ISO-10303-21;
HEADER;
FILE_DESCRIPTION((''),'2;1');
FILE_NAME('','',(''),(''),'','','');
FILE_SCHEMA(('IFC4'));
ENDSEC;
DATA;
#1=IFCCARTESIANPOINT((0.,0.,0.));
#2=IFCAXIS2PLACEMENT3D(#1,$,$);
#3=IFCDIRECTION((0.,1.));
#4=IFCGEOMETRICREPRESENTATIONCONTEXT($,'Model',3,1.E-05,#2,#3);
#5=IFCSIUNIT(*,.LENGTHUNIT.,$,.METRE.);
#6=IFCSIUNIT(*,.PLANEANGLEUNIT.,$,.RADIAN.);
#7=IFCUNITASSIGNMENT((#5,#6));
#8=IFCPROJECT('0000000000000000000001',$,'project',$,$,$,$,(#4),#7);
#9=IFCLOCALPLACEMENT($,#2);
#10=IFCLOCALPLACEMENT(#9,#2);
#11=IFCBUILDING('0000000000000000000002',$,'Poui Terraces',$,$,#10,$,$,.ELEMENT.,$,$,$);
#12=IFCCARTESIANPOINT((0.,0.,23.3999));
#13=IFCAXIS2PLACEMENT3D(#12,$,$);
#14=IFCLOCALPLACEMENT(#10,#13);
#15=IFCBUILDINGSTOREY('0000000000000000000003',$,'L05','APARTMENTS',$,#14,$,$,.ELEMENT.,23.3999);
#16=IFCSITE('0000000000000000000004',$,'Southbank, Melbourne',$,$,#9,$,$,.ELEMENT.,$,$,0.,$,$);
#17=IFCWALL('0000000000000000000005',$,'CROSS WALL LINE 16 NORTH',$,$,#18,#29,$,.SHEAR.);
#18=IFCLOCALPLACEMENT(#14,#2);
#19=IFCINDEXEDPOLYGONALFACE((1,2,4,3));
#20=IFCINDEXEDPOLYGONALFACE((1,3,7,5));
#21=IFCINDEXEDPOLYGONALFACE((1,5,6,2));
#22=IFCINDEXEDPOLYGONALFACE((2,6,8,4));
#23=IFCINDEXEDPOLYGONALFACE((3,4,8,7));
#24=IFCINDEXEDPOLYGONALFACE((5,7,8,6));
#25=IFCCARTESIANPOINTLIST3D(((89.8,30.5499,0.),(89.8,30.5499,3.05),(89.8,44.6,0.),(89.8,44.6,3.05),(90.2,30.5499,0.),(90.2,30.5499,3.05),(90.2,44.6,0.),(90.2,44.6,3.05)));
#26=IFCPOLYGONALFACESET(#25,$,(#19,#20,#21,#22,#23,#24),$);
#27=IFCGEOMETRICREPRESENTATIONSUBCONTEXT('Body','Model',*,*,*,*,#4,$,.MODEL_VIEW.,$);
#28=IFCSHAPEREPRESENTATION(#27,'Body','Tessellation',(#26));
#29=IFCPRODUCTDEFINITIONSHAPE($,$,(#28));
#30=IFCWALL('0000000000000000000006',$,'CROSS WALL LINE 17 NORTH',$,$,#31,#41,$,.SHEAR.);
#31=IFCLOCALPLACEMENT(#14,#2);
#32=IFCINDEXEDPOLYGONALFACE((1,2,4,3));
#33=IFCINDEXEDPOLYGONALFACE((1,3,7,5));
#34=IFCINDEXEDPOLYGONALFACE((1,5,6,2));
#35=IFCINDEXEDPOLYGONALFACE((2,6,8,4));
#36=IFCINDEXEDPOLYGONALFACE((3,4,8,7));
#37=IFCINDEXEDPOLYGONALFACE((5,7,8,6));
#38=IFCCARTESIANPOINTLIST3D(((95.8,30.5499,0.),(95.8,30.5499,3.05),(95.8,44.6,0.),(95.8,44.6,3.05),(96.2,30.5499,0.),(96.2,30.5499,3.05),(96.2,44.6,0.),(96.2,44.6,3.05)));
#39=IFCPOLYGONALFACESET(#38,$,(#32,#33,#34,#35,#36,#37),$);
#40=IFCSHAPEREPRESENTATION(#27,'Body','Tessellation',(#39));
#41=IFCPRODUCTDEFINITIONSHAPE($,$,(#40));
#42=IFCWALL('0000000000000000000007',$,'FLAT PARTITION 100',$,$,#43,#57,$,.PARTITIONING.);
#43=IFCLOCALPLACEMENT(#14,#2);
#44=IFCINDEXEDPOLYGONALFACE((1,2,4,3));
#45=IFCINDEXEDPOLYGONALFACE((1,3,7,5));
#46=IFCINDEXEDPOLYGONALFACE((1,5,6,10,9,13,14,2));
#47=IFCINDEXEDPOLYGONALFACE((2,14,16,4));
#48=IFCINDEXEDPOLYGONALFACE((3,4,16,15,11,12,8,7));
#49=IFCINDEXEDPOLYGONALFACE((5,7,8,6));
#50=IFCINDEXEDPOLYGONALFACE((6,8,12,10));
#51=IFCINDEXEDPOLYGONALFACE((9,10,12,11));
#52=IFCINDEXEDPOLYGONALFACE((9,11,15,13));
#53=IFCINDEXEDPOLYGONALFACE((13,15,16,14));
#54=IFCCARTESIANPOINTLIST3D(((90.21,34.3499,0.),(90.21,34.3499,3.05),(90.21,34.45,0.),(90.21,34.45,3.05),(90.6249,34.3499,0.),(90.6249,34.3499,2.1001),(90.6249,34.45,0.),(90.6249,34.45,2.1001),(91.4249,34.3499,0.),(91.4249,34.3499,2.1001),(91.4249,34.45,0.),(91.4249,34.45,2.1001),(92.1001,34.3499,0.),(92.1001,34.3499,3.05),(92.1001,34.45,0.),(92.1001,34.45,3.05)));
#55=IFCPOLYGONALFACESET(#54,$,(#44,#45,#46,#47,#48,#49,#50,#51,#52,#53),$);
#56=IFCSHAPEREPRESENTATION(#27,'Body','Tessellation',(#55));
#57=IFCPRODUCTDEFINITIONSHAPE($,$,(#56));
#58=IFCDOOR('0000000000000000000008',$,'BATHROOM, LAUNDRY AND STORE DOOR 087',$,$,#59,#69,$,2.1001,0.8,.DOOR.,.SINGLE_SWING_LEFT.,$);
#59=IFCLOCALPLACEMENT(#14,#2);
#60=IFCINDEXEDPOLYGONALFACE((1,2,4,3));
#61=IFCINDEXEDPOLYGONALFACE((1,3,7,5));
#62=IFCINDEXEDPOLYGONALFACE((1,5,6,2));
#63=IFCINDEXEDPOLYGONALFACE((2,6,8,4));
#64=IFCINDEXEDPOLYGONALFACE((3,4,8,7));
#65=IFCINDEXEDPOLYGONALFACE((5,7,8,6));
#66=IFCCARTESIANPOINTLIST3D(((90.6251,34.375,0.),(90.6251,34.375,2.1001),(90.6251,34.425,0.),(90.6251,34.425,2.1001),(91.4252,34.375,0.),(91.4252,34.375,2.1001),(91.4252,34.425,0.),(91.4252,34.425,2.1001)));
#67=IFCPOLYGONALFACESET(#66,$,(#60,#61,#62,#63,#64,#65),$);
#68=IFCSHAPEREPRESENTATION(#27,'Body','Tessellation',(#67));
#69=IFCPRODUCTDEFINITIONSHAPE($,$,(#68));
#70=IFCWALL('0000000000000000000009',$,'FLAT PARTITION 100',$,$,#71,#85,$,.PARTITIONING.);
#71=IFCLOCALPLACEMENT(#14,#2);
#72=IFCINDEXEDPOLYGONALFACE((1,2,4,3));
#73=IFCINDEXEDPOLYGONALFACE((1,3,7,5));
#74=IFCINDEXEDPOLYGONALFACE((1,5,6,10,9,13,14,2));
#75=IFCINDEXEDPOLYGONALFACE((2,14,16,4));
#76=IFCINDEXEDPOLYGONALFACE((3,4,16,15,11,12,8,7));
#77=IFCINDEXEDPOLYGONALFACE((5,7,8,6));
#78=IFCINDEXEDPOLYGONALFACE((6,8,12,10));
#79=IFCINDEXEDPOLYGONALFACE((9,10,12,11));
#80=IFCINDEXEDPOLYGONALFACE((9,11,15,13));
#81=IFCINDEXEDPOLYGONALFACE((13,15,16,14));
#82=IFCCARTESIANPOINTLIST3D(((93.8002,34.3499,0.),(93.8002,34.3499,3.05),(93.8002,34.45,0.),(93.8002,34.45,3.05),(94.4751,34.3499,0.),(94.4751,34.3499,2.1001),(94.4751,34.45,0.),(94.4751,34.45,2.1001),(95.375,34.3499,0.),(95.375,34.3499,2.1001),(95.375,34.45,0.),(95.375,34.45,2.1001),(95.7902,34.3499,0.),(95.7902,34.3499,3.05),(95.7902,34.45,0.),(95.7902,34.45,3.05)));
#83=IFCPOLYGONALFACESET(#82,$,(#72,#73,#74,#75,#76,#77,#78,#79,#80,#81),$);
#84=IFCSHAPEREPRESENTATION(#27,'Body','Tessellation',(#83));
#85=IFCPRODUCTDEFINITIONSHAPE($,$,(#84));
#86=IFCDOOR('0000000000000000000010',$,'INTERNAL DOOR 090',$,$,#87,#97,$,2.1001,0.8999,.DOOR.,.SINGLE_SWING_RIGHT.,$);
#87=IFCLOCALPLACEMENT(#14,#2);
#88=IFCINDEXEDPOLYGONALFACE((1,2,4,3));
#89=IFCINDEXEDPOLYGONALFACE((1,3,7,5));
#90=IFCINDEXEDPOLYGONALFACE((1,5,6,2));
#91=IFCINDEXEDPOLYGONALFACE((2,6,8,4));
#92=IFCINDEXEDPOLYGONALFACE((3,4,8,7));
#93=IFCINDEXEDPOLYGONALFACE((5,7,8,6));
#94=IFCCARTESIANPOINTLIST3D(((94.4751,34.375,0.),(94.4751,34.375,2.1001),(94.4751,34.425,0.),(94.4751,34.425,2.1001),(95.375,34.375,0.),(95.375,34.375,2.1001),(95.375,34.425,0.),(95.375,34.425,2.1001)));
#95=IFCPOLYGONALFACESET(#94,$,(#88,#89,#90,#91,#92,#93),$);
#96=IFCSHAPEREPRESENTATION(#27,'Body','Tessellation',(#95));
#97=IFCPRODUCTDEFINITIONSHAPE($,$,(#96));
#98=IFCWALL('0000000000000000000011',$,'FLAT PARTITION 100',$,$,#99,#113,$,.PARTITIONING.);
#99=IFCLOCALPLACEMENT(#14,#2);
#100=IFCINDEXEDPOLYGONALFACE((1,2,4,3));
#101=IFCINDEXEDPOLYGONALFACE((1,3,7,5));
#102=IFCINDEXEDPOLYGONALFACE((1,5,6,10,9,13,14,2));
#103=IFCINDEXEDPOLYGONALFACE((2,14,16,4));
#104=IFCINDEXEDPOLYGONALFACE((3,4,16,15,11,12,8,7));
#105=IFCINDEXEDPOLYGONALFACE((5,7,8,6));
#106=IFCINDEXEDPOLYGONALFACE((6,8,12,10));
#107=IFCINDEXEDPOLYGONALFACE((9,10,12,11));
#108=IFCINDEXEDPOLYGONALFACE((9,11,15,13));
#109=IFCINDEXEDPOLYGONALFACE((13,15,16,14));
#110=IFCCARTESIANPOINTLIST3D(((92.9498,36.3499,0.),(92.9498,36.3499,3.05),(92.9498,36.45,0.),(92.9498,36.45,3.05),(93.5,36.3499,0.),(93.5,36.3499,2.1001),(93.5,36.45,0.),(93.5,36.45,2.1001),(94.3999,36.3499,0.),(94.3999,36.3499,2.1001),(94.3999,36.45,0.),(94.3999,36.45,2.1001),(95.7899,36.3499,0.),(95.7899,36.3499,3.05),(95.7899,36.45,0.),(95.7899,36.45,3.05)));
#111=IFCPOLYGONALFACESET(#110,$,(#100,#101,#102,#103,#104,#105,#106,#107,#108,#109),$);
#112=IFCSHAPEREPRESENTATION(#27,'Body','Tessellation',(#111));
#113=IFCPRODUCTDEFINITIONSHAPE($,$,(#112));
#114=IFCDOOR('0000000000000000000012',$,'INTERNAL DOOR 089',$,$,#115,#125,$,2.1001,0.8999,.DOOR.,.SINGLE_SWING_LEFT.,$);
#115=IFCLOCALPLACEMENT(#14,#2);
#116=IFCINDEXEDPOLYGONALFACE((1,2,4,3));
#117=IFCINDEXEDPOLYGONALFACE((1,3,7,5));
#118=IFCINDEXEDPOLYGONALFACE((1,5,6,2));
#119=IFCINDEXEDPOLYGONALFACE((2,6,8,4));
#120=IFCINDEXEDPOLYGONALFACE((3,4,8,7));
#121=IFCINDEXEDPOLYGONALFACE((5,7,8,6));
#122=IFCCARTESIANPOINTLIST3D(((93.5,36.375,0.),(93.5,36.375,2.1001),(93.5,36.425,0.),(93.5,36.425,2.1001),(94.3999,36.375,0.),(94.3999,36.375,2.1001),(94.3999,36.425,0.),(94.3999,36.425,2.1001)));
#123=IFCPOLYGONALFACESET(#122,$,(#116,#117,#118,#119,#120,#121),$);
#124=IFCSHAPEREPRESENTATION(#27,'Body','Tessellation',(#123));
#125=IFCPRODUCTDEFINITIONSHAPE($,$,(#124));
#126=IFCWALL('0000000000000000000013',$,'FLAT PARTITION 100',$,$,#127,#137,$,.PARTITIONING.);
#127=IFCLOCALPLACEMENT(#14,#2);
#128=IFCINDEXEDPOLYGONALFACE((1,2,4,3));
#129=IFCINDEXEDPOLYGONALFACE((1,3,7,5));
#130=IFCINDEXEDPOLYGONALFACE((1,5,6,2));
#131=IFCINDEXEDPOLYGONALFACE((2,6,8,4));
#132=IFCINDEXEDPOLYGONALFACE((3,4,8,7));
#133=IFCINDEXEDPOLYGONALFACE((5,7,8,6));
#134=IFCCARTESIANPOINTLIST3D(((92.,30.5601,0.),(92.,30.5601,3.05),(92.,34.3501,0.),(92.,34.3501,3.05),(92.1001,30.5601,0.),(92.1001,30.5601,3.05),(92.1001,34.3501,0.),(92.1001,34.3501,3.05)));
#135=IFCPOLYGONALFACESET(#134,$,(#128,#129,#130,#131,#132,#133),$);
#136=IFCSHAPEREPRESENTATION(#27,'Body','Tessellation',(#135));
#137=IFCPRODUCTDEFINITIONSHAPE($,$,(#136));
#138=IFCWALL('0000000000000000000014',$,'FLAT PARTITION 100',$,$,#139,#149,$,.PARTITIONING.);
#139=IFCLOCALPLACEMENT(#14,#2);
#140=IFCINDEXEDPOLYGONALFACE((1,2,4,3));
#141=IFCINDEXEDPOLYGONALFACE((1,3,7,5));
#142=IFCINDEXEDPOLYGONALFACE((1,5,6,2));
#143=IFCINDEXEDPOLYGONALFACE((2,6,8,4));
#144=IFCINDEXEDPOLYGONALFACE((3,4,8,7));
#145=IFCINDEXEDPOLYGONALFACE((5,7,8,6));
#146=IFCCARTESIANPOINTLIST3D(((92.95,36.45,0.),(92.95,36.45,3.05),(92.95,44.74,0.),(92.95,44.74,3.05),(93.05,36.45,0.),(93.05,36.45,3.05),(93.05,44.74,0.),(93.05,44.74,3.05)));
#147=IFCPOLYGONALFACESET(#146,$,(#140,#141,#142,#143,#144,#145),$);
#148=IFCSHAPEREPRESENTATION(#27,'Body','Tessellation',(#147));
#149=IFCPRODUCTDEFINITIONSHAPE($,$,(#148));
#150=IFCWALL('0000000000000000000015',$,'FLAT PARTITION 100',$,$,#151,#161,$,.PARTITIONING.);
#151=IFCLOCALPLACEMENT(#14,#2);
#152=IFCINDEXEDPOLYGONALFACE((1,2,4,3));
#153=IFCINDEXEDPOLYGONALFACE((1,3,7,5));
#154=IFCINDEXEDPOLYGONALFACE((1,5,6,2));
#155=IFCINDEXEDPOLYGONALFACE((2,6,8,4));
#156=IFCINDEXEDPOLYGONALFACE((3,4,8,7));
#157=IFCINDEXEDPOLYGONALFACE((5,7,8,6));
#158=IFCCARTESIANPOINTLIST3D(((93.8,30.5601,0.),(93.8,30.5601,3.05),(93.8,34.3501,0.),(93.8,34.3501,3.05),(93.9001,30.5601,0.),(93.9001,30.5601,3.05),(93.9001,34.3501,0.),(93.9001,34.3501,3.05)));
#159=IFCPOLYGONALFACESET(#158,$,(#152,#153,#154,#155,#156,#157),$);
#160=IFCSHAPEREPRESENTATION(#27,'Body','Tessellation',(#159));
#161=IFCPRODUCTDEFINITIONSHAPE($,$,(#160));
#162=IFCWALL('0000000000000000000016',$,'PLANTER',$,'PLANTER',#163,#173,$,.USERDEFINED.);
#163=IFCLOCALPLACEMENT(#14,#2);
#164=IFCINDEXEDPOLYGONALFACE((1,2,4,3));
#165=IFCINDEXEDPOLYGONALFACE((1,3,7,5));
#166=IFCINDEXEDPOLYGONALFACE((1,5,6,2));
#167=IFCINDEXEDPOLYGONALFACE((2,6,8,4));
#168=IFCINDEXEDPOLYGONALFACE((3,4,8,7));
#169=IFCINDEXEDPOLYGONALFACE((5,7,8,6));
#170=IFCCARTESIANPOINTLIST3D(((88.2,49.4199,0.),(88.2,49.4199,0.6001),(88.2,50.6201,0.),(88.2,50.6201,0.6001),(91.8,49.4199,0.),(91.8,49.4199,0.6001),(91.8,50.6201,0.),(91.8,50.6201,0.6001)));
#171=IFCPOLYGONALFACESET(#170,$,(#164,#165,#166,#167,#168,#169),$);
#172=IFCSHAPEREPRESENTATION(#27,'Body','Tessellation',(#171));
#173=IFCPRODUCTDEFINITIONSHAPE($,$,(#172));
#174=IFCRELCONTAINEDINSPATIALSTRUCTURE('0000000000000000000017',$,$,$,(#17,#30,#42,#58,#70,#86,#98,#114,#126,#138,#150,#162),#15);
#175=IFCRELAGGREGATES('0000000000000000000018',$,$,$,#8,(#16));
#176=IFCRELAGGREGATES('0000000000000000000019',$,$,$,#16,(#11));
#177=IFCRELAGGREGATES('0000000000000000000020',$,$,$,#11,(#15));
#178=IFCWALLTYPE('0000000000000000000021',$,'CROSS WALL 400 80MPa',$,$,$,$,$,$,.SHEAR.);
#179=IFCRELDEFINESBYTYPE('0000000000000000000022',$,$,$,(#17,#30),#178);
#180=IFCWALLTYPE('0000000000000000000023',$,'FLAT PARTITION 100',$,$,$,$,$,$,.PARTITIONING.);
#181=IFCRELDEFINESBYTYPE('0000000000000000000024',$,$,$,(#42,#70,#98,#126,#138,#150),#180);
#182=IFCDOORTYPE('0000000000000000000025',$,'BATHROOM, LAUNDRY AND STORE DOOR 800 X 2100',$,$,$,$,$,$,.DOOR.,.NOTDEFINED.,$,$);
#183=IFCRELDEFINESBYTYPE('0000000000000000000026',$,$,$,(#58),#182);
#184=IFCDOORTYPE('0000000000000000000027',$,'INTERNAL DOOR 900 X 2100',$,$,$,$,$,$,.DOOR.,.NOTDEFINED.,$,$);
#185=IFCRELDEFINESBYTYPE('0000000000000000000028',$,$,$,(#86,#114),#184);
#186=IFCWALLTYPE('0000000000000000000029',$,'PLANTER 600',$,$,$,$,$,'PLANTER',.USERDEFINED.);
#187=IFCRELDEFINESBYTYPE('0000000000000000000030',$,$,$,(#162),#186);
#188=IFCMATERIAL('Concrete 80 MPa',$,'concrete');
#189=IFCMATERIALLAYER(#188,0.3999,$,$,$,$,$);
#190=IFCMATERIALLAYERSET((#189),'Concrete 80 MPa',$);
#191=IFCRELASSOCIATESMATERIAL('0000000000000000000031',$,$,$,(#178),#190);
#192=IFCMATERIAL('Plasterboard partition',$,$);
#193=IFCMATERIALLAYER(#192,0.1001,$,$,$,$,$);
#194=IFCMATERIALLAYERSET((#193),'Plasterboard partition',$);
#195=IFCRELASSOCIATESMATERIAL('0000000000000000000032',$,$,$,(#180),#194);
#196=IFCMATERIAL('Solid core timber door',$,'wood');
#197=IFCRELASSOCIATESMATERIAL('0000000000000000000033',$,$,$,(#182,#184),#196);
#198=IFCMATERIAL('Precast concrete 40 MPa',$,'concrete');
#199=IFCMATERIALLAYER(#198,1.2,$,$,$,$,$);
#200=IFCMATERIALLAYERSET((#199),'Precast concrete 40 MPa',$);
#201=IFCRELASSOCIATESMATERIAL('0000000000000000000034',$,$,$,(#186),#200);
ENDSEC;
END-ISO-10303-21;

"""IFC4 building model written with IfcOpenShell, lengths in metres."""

from ifc_helpers import new_model, si_unit, direction, frame, frame_2d, origin, place, context, subcontext, project, spatial, polyline, rectangle, outline, extrude, source, transform, mapped, material, layer, layer_set, type_object, element, fill, save


model = new_model("IFC4")

# Units and contexts
model_context = context("Model", 3, precision=1e-05, world=origin(), true_north=direction((0.0, 1.0)))
body_context = subcontext(model_context, "Body", "Model", "MODEL_VIEW")
ifc_project = project(units=[si_unit("LENGTHUNIT", "METRE"), si_unit("PLANEANGLEUNIT", "RADIAN")], contexts=[model_context])

# Site, building, storey
site_placement = place(None, origin())
site = spatial("IfcSite", under=ifc_project, at=site_placement, Name="Southbank, Melbourne", CompositionType="ELEMENT", RefElevation=0.0)
building_placement = place(site_placement, origin())
building = spatial("IfcBuilding", under=site, at=building_placement, Name="Poui Terraces", CompositionType="ELEMENT")
storey_placement = place(building_placement, frame((0.0, 0.0, 23.3999)))
storey = spatial("IfcBuildingStorey", under=building, at=storey_placement, Name="L05", Description="APARTMENTS", CompositionType="ELEMENT", Elevation=23.3999)

# Walls
ifc_material_1 = material(Name="Concrete 80 MPa", Category="concrete")
ifc_layer_1 = layer(ifc_material_1, 0.3999)
ifc_layer_set_1 = layer_set([ifc_layer_1], Name="Concrete 80 MPa")
wall_type_1 = type_object("IfcWallType", Name="CROSS WALL 400 80MPa", PredefinedType="SHEAR", material=ifc_layer_set_1)
for number, where, z_axis, x_axis, name in (
    (1, (90.0, 30.55, 0.0), (0.0, 0.0, 1.0), (0.0, 1.0, 0.0), "CROSS WALL LINE 16 NORTH"),
    (2, (96.0, 30.55, 0.0), (0.0, 0.0, 1.0), (0.0, 1.0, 0.0), "CROSS WALL LINE 17 NORTH"),
):
    element("IfcWall", number, at=place(storey_placement, frame(where, z_axis=z_axis, x_axis=x_axis)), inside=storey, type_object=wall_type_1, Name=name, PredefinedType="SHEAR", context=body_context, shape_type="SweptSolid", body=[
        extrude(rectangle(XDim=14.05, YDim=0.3999, at=frame_2d((7.0249, 0.0))), origin(), (0.0, 0.0, 1.0), 3.05),
    ])

# Walls, openings, doors
ifc_material_2 = material(Name="Plasterboard partition")
ifc_layer_2 = layer(ifc_material_2, 0.1001)
ifc_layer_set_2 = layer_set([ifc_layer_2], Name="Plasterboard partition")
wall_type_2 = type_object("IfcWallType", Name="FLAT PARTITION 100", PredefinedType="PARTITIONING", material=ifc_layer_set_2)
wall_1_placement = place(storey_placement, frame((90.21, 34.3999, 0.0), z_axis=(0.0, 0.0, 1.0), x_axis=(1.0, 0.0, 0.0)))
wall_1 = element("IfcWall", 3, at=wall_1_placement, inside=storey, type_object=wall_type_2, Name="FLAT PARTITION 100", PredefinedType="PARTITIONING", context=body_context, shape_type="SweptSolid", body=[
    extrude(rectangle(XDim=1.8901, YDim=0.1001, at=frame_2d((0.9451, 0.0))), origin(), (0.0, 0.0, 1.0), 3.05),
])
opening_1_placement = place(wall_1_placement, frame((0.415, 0.0, 0.0)))
opening_1 = element("IfcOpeningElement", 4, at=opening_1_placement, cuts=wall_1, PredefinedType="OPENING", context=body_context, shape_type="SweptSolid", body=[
    extrude(rectangle(XDim=0.8, YDim=2.1001, at=frame_2d((0.3999, 1.05))), frame((0.0, 0.0601, 0.0), z_axis=(0.0, -1.0, 0.0), x_axis=(1.0, 0.0, 0.0)), (0.0, 0.0, 1.0), 0.1201),
])
ifc_material_3 = material(Name="Solid core timber door", Category="wood")
door_type_1 = type_object("IfcDoorType", Name="BATHROOM, LAUNDRY AND STORE DOOR 800 X 2100", OperationType="NOTDEFINED", PredefinedType="DOOR", material=ifc_material_3)
door_1_placement = place(opening_1_placement, frame((0.8, 0.0, 0.0), z_axis=(0.0, 0.0, 1.0), x_axis=(-1.0, 0.0, 0.0)))
door_1 = element("IfcDoor", 5, at=door_1_placement, inside=storey, type_object=door_type_1, Name="BATHROOM, LAUNDRY AND STORE DOOR 087", OperationType="SINGLE_SWING_LEFT", OverallHeight=2.1001, OverallWidth=0.8, PredefinedType="DOOR", context=body_context, shape_type="SweptSolid", body=[
    extrude(rectangle(XDim=0.8, YDim=2.1001, at=frame_2d((0.3999, 1.05))), frame((0.0, 0.0249, 0.0), z_axis=(0.0, -1.0, 0.0), x_axis=(1.0, 0.0, 0.0)), (0.0, 0.0, 1.0), 0.05),
])
fill(opening_1, door_1)
wall_2_placement = place(storey_placement, frame((93.8, 34.3999, 0.0), z_axis=(0.0, 0.0, 1.0), x_axis=(1.0, 0.0, 0.0)))
wall_2 = element("IfcWall", 6, at=wall_2_placement, inside=storey, type_object=wall_type_2, Name="FLAT PARTITION 100", PredefinedType="PARTITIONING", context=body_context, shape_type="SweptSolid", body=[
    extrude(rectangle(XDim=1.99, YDim=0.1001, at=frame_2d((0.9951, 0.0))), origin(), (0.0, 0.0, 1.0), 3.05),
])
opening_2_placement = place(wall_2_placement, frame((0.675, 0.0, 0.0)))
opening_2 = element("IfcOpeningElement", 7, at=opening_2_placement, cuts=wall_2, PredefinedType="OPENING", context=body_context, shape_type="SweptSolid", body=[
    extrude(rectangle(XDim=0.8999, YDim=2.1001, at=frame_2d((0.45, 1.05))), frame((0.0, 0.0601, 0.0), z_axis=(0.0, -1.0, 0.0), x_axis=(1.0, 0.0, 0.0)), (0.0, 0.0, 1.0), 0.1201),
])
door_type_2 = type_object("IfcDoorType", Name="INTERNAL DOOR 900 X 2100", OperationType="NOTDEFINED", PredefinedType="DOOR", material=ifc_material_3)
door_2_placement = place(opening_2_placement, frame((0.8999, 0.0, 0.0), z_axis=(0.0, 0.0, 1.0), x_axis=(-1.0, 0.0, 0.0)))
door_2 = element("IfcDoor", 8, at=door_2_placement, inside=storey, type_object=door_type_2, Name="INTERNAL DOOR 090", OperationType="SINGLE_SWING_RIGHT", OverallHeight=2.1001, OverallWidth=0.8999, PredefinedType="DOOR", context=body_context, shape_type="SweptSolid", body=[
    extrude(rectangle(XDim=0.8999, YDim=2.1001, at=frame_2d((0.45, 1.05))), frame((0.0, 0.0249, 0.0), z_axis=(0.0, -1.0, 0.0), x_axis=(1.0, 0.0, 0.0)), (0.0, 0.0, 1.0), 0.05),
])
fill(opening_2, door_2)
wall_3_placement = place(storey_placement, frame((92.95, 36.3999, 0.0), z_axis=(0.0, 0.0, 1.0), x_axis=(1.0, 0.0, 0.0)))
wall_3 = element("IfcWall", 9, at=wall_3_placement, inside=storey, type_object=wall_type_2, Name="FLAT PARTITION 100", PredefinedType="PARTITIONING", context=body_context, shape_type="SweptSolid", body=[
    extrude(rectangle(XDim=2.8401, YDim=0.1001, at=frame_2d((1.4199, 0.0))), origin(), (0.0, 0.0, 1.0), 3.05),
])
opening_3_placement = place(wall_3_placement, frame((0.55, 0.0, 0.0)))
opening_3 = element("IfcOpeningElement", 10, at=opening_3_placement, cuts=wall_3, PredefinedType="OPENING", context=body_context, shape_type="SweptSolid", body=[
    extrude(rectangle(XDim=0.8999, YDim=2.1001, at=frame_2d((0.45, 1.05))), frame((0.0, 0.0601, 0.0), z_axis=(0.0, -1.0, 0.0), x_axis=(1.0, 0.0, 0.0)), (0.0, 0.0, 1.0), 0.1201),
])
door_3_placement = place(opening_3_placement, frame((0.8999, 0.0, 0.0), z_axis=(0.0, 0.0, 1.0), x_axis=(-1.0, 0.0, 0.0)))
door_3 = element("IfcDoor", 11, at=door_3_placement, inside=storey, type_object=door_type_2, Name="INTERNAL DOOR 089", OperationType="SINGLE_SWING_LEFT", OverallHeight=2.1001, OverallWidth=0.8999, PredefinedType="DOOR", context=body_context, shape_type="SweptSolid", body=[
    extrude(rectangle(XDim=0.8999, YDim=2.1001, at=frame_2d((0.45, 1.05))), frame((0.0, 0.0249, 0.0), z_axis=(0.0, -1.0, 0.0), x_axis=(1.0, 0.0, 0.0)), (0.0, 0.0, 1.0), 0.05),
])
fill(opening_3, door_3)

# Walls
wall_4_placement = place(storey_placement, frame((92.05, 30.5601, 0.0), z_axis=(0.0, 0.0, 1.0), x_axis=(0.0, 1.0, 0.0)))
element("IfcWall", 12, at=wall_4_placement, inside=storey, type_object=wall_type_2, Name="FLAT PARTITION 100", PredefinedType="PARTITIONING", context=body_context, shape_type="SweptSolid", body=[
    extrude(rectangle(XDim=3.79, YDim=0.1001, at=frame_2d((1.895, 0.0))), origin(), (0.0, 0.0, 1.0), 3.05),
])
wall_5_placement = place(storey_placement, frame((93.0, 36.45, 0.0), z_axis=(0.0, 0.0, 1.0), x_axis=(0.0, 1.0, 0.0)))
element("IfcWall", 13, at=wall_5_placement, inside=storey, type_object=wall_type_2, Name="FLAT PARTITION 100", PredefinedType="PARTITIONING", context=body_context, shape_type="SweptSolid", body=[
    extrude(rectangle(XDim=8.29, YDim=0.1001, at=frame_2d((4.145, 0.0))), origin(), (0.0, 0.0, 1.0), 3.05),
])
wall_6_placement = place(storey_placement, frame((93.8501, 30.5601, 0.0), z_axis=(0.0, 0.0, 1.0), x_axis=(0.0, 1.0, 0.0)))
element("IfcWall", 14, at=wall_6_placement, inside=storey, type_object=wall_type_2, Name="FLAT PARTITION 100", PredefinedType="PARTITIONING", context=body_context, shape_type="SweptSolid", body=[
    extrude(rectangle(XDim=3.79, YDim=0.1001, at=frame_2d((1.895, 0.0))), origin(), (0.0, 0.0, 1.0), 3.05),
])
ifc_material_4 = material(Name="Precast concrete 40 MPa", Category="concrete")
ifc_layer_3 = layer(ifc_material_4, 1.2)
ifc_layer_set_3 = layer_set([ifc_layer_3], Name="Precast concrete 40 MPa")
wall_type_3 = type_object("IfcWallType", Name="PLANTER 600", ElementType="PLANTER", PredefinedType="USERDEFINED", material=ifc_layer_set_3)
shared_shape_1 = source(origin(), body_context, "Body", "SweptSolid", [
    extrude(outline(polyline([(0.0, 0.0), (3.6001, 0.0), (3.6001, 1.2002), (0.0, 1.2002), (0.0, 0.0)])), origin(), (0.0, 0.0, 1.0), 0.6001),
])
for number, where, name in (
    (15, (88.2, 49.4199, 0.0), "PLANTER"),
):
    element("IfcWall", number, at=place(storey_placement, frame(where)), inside=storey, type_object=wall_type_3, Name=name, ObjectType="PLANTER", PredefinedType="USERDEFINED", context=body_context, shape_type="MappedRepresentation", body=[
        mapped(shared_shape_1, transform((0.0, 0.0, 0.0))),
    ])

save(model, "model.ifc")
